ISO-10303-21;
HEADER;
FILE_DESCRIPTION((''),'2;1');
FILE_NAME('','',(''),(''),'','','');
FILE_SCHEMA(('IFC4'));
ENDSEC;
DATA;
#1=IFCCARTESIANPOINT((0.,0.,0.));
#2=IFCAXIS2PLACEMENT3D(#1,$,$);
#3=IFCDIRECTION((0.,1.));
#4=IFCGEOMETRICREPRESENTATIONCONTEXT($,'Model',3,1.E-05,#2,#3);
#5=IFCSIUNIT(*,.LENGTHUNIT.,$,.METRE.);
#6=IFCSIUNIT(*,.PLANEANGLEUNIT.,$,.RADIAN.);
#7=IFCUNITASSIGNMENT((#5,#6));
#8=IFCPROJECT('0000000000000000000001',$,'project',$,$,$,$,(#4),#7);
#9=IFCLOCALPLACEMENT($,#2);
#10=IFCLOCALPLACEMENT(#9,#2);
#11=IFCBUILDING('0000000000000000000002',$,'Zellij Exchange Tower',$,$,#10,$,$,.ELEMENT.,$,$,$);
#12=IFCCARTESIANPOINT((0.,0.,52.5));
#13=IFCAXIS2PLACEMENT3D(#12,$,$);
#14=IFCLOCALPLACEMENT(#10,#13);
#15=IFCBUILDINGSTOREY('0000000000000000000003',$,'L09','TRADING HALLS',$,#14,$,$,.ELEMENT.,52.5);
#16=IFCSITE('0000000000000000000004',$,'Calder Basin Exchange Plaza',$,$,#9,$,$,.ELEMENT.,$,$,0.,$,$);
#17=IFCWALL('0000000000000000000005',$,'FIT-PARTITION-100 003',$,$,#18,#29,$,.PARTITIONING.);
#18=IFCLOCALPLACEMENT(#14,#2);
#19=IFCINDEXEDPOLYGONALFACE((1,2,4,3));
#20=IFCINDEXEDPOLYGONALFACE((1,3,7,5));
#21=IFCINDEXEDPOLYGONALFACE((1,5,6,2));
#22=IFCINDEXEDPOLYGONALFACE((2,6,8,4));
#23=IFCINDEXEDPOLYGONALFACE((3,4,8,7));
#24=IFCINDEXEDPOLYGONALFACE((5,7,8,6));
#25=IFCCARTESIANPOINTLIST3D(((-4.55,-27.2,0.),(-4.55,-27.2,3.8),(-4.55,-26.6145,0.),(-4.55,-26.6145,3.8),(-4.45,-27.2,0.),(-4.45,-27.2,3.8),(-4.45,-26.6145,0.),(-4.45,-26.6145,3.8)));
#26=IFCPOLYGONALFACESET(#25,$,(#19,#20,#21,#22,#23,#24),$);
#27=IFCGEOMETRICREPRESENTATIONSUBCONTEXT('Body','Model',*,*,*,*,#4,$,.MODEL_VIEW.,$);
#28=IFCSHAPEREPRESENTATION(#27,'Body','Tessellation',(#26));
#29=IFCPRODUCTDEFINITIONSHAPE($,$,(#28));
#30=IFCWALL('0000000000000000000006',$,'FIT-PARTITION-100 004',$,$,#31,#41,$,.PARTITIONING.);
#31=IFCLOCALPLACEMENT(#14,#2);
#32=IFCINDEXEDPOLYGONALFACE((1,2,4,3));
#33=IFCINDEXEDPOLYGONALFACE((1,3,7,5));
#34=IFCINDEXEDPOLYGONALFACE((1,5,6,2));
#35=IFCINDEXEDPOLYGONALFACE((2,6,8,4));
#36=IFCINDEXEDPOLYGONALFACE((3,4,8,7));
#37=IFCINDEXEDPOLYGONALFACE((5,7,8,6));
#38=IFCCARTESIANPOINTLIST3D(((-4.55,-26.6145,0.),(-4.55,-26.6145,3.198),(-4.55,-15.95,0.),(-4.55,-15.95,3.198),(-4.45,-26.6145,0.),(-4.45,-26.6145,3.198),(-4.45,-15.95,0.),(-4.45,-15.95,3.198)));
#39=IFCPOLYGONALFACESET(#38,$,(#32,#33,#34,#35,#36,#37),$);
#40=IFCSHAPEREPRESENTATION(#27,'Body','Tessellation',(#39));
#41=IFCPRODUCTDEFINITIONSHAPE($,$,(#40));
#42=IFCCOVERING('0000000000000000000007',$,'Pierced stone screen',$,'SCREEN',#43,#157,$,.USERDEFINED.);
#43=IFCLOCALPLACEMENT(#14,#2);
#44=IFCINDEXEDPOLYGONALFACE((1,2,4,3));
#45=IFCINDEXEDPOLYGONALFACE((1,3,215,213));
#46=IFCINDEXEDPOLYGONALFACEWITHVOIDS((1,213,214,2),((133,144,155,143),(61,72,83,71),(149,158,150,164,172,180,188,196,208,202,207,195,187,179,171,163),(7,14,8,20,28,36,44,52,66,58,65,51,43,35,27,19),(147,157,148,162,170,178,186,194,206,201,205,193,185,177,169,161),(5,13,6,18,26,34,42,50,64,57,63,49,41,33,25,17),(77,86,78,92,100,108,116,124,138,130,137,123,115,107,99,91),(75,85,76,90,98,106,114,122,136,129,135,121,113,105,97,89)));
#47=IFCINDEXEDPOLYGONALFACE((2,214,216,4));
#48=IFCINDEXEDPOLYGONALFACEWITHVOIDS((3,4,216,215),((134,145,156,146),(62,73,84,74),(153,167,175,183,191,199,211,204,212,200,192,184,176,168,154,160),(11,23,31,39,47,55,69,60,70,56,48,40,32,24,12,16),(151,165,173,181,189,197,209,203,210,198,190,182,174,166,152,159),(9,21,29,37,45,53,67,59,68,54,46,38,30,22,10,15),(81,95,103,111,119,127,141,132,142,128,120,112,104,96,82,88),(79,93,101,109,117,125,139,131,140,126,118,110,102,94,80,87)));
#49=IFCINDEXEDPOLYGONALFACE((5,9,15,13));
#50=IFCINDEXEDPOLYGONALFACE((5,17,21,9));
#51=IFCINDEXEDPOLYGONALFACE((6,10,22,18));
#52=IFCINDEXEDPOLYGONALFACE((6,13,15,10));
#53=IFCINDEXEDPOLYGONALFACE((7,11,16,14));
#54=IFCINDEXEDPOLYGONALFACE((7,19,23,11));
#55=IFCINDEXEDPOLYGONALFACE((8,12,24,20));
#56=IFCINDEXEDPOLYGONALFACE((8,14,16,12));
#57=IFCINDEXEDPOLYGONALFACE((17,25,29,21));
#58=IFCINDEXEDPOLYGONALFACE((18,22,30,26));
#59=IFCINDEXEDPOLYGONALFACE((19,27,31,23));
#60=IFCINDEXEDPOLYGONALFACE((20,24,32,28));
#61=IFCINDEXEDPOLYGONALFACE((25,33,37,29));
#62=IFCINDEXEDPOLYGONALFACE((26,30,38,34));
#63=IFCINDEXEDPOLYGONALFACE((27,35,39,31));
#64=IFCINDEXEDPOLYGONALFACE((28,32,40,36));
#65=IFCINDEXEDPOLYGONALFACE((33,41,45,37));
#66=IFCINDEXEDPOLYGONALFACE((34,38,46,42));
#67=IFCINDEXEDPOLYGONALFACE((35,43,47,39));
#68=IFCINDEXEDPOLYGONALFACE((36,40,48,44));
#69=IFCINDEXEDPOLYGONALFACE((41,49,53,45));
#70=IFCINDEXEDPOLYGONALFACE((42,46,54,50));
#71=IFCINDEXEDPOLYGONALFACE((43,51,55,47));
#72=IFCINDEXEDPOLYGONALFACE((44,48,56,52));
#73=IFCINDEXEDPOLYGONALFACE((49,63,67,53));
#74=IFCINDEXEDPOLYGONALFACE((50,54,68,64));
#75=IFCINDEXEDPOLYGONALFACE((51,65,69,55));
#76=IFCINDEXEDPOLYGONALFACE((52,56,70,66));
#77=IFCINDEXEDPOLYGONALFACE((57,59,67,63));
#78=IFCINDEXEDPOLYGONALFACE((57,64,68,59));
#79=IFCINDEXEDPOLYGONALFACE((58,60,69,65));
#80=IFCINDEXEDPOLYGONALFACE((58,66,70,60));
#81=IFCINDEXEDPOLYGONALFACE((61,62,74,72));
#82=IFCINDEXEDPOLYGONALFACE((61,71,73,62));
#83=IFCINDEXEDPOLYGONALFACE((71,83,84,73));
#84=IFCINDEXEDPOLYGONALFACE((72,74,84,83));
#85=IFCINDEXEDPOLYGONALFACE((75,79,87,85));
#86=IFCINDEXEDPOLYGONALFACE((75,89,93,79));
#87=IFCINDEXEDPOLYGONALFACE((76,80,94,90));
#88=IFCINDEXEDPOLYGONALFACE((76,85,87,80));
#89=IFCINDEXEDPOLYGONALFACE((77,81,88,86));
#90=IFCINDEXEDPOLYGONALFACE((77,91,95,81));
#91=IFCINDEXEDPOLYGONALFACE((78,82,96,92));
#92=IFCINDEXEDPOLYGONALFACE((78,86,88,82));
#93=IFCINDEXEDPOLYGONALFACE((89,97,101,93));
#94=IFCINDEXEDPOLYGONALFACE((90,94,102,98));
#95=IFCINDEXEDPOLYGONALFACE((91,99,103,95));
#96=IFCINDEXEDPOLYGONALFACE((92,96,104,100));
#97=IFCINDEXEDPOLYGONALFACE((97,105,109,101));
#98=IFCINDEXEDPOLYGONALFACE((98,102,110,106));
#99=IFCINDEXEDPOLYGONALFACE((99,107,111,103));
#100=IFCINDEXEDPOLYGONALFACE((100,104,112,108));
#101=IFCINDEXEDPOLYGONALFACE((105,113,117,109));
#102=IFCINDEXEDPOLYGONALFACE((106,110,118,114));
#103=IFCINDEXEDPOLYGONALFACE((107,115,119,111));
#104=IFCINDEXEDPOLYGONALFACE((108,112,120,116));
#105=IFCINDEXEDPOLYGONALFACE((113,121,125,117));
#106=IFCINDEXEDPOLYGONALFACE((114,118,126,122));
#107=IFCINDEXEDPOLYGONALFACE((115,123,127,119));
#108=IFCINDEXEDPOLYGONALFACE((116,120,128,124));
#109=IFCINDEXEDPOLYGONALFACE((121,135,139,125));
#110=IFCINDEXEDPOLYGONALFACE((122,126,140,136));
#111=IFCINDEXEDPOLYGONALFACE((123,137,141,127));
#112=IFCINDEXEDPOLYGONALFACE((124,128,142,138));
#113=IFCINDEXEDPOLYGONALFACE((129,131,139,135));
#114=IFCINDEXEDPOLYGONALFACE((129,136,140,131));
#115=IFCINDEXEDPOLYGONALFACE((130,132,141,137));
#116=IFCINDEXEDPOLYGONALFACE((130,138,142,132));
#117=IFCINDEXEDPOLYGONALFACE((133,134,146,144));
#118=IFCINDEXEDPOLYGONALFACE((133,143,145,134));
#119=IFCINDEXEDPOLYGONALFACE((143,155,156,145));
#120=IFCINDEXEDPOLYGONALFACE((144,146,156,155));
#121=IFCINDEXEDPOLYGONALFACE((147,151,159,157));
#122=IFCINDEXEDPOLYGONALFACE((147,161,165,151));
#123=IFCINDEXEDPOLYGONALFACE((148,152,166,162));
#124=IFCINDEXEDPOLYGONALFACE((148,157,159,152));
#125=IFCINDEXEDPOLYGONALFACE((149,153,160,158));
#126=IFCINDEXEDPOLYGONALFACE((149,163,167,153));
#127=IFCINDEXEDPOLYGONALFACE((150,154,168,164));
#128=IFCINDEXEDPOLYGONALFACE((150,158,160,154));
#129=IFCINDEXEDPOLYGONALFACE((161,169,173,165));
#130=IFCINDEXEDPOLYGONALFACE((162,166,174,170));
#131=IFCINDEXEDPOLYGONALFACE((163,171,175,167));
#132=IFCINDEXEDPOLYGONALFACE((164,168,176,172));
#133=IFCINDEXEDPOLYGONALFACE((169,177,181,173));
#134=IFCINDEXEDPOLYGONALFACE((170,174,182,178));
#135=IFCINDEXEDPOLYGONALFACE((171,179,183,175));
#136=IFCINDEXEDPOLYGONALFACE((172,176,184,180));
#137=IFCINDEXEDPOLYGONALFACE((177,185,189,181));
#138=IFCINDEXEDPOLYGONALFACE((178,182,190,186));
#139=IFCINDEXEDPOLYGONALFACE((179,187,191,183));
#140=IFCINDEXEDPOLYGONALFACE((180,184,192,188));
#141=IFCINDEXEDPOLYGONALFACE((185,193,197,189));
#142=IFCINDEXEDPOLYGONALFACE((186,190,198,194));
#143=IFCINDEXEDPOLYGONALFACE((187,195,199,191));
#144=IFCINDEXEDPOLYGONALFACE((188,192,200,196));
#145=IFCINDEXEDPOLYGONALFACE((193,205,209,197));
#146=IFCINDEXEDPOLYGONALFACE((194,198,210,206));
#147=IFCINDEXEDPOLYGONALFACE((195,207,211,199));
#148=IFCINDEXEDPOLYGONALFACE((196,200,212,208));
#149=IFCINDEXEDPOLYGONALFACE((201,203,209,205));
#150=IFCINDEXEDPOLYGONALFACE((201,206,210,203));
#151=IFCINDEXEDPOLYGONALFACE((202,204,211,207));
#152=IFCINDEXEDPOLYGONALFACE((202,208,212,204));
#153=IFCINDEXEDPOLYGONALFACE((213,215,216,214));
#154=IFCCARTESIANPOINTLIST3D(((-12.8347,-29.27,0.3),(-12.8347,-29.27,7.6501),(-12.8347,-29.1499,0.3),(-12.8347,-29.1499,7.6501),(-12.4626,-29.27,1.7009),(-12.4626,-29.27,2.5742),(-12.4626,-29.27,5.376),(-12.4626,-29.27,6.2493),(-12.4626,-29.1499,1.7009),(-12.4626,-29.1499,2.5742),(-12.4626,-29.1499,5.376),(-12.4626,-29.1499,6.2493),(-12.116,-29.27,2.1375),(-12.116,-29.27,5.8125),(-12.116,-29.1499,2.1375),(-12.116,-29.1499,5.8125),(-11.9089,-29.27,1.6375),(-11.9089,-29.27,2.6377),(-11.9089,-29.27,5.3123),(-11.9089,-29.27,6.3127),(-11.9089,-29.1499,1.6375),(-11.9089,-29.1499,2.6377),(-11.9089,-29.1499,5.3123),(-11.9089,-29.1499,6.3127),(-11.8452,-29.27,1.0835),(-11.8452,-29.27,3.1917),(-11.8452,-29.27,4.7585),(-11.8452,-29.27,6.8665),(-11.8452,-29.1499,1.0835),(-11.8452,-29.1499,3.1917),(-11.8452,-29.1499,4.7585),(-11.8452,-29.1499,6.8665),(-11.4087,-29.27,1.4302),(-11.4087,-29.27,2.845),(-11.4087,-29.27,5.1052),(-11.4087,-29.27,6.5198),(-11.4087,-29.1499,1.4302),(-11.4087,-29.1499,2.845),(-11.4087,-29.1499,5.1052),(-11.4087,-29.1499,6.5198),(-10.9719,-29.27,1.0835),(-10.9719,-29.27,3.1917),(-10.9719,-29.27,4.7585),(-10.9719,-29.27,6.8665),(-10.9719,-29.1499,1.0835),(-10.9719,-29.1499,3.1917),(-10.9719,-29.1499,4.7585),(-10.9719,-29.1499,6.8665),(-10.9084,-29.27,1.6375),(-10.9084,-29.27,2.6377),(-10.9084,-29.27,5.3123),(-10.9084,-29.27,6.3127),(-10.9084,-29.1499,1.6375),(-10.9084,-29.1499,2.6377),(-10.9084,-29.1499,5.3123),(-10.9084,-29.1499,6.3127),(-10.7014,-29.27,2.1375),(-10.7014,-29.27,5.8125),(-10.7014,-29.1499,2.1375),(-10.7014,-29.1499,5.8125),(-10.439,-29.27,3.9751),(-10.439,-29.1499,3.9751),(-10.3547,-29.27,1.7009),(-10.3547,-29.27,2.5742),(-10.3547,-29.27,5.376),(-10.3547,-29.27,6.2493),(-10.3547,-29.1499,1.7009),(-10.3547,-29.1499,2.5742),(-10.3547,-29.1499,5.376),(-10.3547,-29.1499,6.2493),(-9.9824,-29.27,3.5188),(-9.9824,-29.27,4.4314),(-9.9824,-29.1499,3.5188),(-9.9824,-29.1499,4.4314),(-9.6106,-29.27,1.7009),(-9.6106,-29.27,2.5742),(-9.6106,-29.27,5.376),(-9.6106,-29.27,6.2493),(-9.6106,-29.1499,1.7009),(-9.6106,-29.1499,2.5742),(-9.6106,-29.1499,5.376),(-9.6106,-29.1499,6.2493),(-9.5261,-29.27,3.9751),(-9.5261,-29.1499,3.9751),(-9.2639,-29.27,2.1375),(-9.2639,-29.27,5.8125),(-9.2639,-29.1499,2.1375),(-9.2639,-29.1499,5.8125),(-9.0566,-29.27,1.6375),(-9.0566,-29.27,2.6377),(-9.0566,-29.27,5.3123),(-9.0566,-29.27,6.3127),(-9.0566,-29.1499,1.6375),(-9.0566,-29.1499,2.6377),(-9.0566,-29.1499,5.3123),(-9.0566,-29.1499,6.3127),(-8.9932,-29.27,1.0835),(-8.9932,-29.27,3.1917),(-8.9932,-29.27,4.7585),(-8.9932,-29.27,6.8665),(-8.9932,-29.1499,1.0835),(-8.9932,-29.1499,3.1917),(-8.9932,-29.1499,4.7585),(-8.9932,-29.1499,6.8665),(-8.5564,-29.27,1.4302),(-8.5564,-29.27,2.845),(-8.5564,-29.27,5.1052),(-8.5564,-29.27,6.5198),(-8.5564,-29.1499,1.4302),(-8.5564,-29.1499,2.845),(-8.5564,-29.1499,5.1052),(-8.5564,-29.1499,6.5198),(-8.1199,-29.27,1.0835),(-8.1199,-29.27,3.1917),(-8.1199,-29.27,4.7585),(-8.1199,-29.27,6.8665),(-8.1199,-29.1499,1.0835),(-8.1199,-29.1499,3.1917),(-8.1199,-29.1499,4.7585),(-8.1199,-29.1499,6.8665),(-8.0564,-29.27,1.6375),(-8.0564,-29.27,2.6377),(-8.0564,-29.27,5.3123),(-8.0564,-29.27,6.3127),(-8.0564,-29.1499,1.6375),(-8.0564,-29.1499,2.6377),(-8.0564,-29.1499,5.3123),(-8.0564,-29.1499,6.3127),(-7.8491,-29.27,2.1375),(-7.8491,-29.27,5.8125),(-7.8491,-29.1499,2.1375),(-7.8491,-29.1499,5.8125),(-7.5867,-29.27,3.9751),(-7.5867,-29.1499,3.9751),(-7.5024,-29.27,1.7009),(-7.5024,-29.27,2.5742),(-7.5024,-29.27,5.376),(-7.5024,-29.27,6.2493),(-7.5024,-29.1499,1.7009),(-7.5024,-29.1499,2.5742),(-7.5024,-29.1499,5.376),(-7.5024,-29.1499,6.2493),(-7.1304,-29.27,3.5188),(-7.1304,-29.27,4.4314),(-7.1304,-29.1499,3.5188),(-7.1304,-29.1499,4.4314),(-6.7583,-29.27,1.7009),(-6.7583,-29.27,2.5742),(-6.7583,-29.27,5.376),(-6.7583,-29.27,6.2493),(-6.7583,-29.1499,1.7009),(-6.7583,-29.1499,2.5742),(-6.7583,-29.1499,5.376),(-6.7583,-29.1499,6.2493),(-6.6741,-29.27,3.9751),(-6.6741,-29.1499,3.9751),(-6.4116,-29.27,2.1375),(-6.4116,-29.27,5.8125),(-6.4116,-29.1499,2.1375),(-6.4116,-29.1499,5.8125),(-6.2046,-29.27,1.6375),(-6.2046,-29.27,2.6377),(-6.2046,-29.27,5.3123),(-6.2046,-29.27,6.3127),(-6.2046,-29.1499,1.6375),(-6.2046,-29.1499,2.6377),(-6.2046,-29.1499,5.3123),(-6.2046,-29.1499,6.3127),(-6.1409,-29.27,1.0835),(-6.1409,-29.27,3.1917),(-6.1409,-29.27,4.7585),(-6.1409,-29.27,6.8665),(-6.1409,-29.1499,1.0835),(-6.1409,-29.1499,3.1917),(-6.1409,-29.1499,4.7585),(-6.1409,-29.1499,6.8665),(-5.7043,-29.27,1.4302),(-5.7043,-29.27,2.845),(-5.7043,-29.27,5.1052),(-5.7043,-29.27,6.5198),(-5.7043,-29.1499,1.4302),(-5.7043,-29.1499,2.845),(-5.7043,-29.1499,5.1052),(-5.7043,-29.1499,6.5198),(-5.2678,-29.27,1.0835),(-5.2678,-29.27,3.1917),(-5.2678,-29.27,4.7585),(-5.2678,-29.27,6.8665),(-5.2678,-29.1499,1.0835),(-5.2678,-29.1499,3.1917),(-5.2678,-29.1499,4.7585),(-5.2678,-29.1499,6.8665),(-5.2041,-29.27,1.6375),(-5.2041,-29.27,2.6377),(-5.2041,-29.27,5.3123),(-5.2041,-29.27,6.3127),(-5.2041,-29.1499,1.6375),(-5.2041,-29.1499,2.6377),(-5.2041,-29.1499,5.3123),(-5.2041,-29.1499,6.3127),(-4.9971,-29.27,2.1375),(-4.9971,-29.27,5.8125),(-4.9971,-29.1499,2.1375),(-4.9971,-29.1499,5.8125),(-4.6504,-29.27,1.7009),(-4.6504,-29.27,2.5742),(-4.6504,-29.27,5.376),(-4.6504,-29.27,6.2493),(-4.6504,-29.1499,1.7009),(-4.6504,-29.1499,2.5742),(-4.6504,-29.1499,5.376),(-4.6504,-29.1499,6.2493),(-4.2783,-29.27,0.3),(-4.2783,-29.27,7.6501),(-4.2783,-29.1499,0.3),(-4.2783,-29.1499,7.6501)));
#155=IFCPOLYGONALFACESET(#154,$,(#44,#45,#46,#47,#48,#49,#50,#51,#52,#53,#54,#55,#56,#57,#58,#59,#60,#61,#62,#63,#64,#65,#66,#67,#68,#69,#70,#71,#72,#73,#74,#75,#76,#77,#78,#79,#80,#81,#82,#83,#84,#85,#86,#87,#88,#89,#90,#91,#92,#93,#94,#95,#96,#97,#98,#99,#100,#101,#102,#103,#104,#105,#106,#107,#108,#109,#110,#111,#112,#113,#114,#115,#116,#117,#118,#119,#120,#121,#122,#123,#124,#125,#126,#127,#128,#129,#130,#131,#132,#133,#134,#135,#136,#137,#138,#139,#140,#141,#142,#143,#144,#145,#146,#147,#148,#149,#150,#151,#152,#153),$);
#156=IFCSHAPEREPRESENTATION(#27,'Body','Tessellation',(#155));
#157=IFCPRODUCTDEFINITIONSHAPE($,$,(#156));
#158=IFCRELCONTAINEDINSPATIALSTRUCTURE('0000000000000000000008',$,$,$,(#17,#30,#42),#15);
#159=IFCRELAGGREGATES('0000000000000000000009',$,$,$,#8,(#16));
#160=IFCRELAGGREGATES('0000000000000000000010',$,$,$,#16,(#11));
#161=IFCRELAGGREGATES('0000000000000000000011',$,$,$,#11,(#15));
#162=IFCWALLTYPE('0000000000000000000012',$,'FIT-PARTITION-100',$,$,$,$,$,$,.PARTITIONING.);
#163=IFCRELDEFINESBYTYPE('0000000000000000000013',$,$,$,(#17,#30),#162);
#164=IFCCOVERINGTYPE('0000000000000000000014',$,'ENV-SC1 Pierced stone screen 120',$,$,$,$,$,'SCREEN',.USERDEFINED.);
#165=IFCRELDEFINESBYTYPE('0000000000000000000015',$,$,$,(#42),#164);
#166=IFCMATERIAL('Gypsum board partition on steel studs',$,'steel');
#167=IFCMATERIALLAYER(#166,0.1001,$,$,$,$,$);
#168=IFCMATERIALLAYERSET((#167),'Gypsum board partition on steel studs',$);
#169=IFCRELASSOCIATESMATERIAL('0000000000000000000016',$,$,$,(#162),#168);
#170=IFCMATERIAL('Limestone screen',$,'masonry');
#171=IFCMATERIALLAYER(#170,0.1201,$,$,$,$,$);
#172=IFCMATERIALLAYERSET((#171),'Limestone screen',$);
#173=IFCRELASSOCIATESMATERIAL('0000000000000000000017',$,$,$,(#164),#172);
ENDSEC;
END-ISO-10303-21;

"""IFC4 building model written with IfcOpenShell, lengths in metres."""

from ifc_helpers import new_model, si_unit, direction, frame, frame_2d, origin, place, context, subcontext, project, spatial, polyline, rectangle, outline, extrude, material, layer, layer_set, type_object, element, save


model = new_model("IFC4")

# Units and contexts
model_context = context("Model", 3, precision=1e-05, world=origin(), true_north=direction((0.0, 1.0)))
body_context = subcontext(model_context, "Body", "Model", "MODEL_VIEW")
ifc_project = project(units=[si_unit("LENGTHUNIT", "METRE"), si_unit("PLANEANGLEUNIT", "RADIAN")], contexts=[model_context])

# Site, building, storey
site_placement = place(None, origin())
site = spatial("IfcSite", under=ifc_project, at=site_placement, Name="Calder Basin Exchange Plaza", CompositionType="ELEMENT", RefElevation=0.0)
building_placement = place(site_placement, origin())
building = spatial("IfcBuilding", under=site, at=building_placement, Name="Zellij Exchange Tower", CompositionType="ELEMENT")
storey_placement = place(building_placement, frame((0.0, 0.0, 52.5)))
storey = spatial("IfcBuildingStorey", under=building, at=storey_placement, Name="L09", Description="TRADING HALLS", CompositionType="ELEMENT", Elevation=52.5)

# Walls
ifc_material_1 = material(Name="Gypsum board partition on steel studs", Category="steel")
ifc_layer_1 = layer(ifc_material_1, 0.1001)
ifc_layer_set_1 = layer_set([ifc_layer_1], Name="Gypsum board partition on steel studs")
wall_type = type_object("IfcWallType", Name="FIT-PARTITION-100", PredefinedType="PARTITIONING", material=ifc_layer_set_1)
wall_1_placement = place(storey_placement, frame((-4.5, -27.2, 0.0), z_axis=(0.0, 0.0, 1.0), x_axis=(0.0, 1.0, 0.0)))
element("IfcWall", 1, at=wall_1_placement, inside=storey, type_object=wall_type, Name="FIT-PARTITION-100 003", PredefinedType="PARTITIONING", context=body_context, shape_type="SweptSolid", body=[
    extrude(rectangle(XDim=0.5854, YDim=0.1001, at=frame_2d((0.2927, 0.0))), origin(), (0.0, 0.0, 1.0), 3.8),
])
wall_2_placement = place(storey_placement, frame((-4.5, -26.6145, 0.0), z_axis=(0.0, 0.0, 1.0), x_axis=(0.0, 1.0, 0.0)))
element("IfcWall", 2, at=wall_2_placement, inside=storey, type_object=wall_type, Name="FIT-PARTITION-100 004", PredefinedType="PARTITIONING", context=body_context, shape_type="SweptSolid", body=[
    extrude(rectangle(XDim=10.6646, YDim=0.1001, at=frame_2d((5.3323, 0.0))), origin(), (0.0, 0.0, 1.0), 3.198),
])

# Covering
ifc_material_2 = material(Name="Limestone screen", Category="masonry")
ifc_layer_2 = layer(ifc_material_2, 0.1201)
ifc_layer_set_2 = layer_set([ifc_layer_2], Name="Limestone screen")
covering_type = type_object("IfcCoveringType", Name="ENV-SC1 Pierced stone screen 120", ElementType="SCREEN", PredefinedType="USERDEFINED", material=ifc_layer_set_2)
covering_1_placement = place(storey_placement, frame((-12.8347, -29.21, 0.3), z_axis=(0.0, 0.0, 1.0), x_axis=(1.0, 0.0, 0.0)))
element("IfcCovering", 3, at=covering_1_placement, inside=storey, type_object=covering_type, Name="Pierced stone screen", ObjectType="SCREEN", PredefinedType="USERDEFINED", context=body_context, shape_type="SweptSolid", body=[
    extrude(outline(polyline([(0.0, 0.0), (8.5564, 0.0), (8.5564, 7.3501), (0.0, 7.3501), (0.0, 0.0)]), holes=[polyline([(2.48, 2.2742), (1.9263, 2.3376), (1.8628, 2.8916), (1.426, 2.5449), (0.9895, 2.8916), (0.9258, 2.3376), (0.3721, 2.2742), (0.7188, 1.8374), (0.3721, 1.4009), (0.9258, 1.3374), (0.9895, 0.7834), (1.426, 1.1301), (1.8628, 0.7834), (1.9263, 1.3374), (2.48, 1.4009), (2.1333, 1.8374), (2.48, 2.2742)]), polyline([(2.48, 5.9492), (1.9263, 6.0127), (1.8628, 6.5664), (1.426, 6.2197), (0.9895, 6.5664), (0.9258, 6.0127), (0.3721, 5.9492), (0.7188, 5.5125), (0.3721, 5.0759), (0.9258, 5.0122), (0.9895, 4.4585), (1.426, 4.8052), (1.8628, 4.4585), (1.9263, 5.0122), (2.48, 5.0759), (2.1333, 5.5125), (2.48, 5.9492)]), polyline([(5.3323, 2.2742), (4.7783, 2.3376), (4.7148, 2.8916), (4.2783, 2.5449), (3.8416, 2.8916), (3.7781, 2.3376), (3.2241, 2.2742), (3.5708, 1.8374), (3.2241, 1.4009), (3.7781, 1.3374), (3.8416, 0.7834), (4.2783, 1.1301), (4.7148, 0.7834), (4.7783, 1.3374), (5.3323, 1.4009), (4.9856, 1.8374), (5.3323, 2.2742)]), polyline([(5.3323, 5.9492), (4.7783, 6.0127), (4.7148, 6.5664), (4.2783, 6.2197), (3.8416, 6.5664), (3.7781, 6.0127), (3.2241, 5.9492), (3.5708, 5.5125), (3.2241, 5.0759), (3.7781, 5.0122), (3.8416, 4.4585), (4.2783, 4.8052), (4.7148, 4.4585), (4.7783, 5.0122), (5.3323, 5.0759), (4.9856, 5.5125), (5.3323, 5.9492)]), polyline([(8.1843, 2.2742), (7.6306, 2.3376), (7.5669, 2.8916), (7.1304, 2.5449), (6.6938, 2.8916), (6.6301, 2.3376), (6.0764, 2.2742), (6.4231, 1.8374), (6.0764, 1.4009), (6.6301, 1.3374), (6.6938, 0.7834), (7.1304, 1.1301), (7.5669, 0.7834), (7.6306, 1.3374), (8.1843, 1.4009), (7.8376, 1.8374), (8.1843, 2.2742)]), polyline([(8.1843, 5.9492), (7.6306, 6.0127), (7.5669, 6.5664), (7.1304, 6.2197), (6.6938, 6.5664), (6.6301, 6.0127), (6.0764, 5.9492), (6.4231, 5.5125), (6.0764, 5.0759), (6.6301, 5.0122), (6.6938, 4.4585), (7.1304, 4.8052), (7.5669, 4.4585), (7.6306, 5.0122), (8.1843, 5.0759), (7.8376, 5.5125), (8.1843, 5.9492)]), polyline([(3.3086, 3.675), (2.8523, 4.1313), (2.3958, 3.675), (2.8523, 3.2188), (3.3086, 3.675)]), polyline([(6.1606, 3.675), (5.7043, 4.1313), (5.248, 3.675), (5.7043, 3.2188), (6.1606, 3.675)])]), frame((0.0, 0.0601, 0.0), z_axis=(0.0, -1.0, 0.0), x_axis=(1.0, 0.0, 0.0)), (0.0, 0.0, 1.0), 0.1201),
])

save(model, "model.ifc")
